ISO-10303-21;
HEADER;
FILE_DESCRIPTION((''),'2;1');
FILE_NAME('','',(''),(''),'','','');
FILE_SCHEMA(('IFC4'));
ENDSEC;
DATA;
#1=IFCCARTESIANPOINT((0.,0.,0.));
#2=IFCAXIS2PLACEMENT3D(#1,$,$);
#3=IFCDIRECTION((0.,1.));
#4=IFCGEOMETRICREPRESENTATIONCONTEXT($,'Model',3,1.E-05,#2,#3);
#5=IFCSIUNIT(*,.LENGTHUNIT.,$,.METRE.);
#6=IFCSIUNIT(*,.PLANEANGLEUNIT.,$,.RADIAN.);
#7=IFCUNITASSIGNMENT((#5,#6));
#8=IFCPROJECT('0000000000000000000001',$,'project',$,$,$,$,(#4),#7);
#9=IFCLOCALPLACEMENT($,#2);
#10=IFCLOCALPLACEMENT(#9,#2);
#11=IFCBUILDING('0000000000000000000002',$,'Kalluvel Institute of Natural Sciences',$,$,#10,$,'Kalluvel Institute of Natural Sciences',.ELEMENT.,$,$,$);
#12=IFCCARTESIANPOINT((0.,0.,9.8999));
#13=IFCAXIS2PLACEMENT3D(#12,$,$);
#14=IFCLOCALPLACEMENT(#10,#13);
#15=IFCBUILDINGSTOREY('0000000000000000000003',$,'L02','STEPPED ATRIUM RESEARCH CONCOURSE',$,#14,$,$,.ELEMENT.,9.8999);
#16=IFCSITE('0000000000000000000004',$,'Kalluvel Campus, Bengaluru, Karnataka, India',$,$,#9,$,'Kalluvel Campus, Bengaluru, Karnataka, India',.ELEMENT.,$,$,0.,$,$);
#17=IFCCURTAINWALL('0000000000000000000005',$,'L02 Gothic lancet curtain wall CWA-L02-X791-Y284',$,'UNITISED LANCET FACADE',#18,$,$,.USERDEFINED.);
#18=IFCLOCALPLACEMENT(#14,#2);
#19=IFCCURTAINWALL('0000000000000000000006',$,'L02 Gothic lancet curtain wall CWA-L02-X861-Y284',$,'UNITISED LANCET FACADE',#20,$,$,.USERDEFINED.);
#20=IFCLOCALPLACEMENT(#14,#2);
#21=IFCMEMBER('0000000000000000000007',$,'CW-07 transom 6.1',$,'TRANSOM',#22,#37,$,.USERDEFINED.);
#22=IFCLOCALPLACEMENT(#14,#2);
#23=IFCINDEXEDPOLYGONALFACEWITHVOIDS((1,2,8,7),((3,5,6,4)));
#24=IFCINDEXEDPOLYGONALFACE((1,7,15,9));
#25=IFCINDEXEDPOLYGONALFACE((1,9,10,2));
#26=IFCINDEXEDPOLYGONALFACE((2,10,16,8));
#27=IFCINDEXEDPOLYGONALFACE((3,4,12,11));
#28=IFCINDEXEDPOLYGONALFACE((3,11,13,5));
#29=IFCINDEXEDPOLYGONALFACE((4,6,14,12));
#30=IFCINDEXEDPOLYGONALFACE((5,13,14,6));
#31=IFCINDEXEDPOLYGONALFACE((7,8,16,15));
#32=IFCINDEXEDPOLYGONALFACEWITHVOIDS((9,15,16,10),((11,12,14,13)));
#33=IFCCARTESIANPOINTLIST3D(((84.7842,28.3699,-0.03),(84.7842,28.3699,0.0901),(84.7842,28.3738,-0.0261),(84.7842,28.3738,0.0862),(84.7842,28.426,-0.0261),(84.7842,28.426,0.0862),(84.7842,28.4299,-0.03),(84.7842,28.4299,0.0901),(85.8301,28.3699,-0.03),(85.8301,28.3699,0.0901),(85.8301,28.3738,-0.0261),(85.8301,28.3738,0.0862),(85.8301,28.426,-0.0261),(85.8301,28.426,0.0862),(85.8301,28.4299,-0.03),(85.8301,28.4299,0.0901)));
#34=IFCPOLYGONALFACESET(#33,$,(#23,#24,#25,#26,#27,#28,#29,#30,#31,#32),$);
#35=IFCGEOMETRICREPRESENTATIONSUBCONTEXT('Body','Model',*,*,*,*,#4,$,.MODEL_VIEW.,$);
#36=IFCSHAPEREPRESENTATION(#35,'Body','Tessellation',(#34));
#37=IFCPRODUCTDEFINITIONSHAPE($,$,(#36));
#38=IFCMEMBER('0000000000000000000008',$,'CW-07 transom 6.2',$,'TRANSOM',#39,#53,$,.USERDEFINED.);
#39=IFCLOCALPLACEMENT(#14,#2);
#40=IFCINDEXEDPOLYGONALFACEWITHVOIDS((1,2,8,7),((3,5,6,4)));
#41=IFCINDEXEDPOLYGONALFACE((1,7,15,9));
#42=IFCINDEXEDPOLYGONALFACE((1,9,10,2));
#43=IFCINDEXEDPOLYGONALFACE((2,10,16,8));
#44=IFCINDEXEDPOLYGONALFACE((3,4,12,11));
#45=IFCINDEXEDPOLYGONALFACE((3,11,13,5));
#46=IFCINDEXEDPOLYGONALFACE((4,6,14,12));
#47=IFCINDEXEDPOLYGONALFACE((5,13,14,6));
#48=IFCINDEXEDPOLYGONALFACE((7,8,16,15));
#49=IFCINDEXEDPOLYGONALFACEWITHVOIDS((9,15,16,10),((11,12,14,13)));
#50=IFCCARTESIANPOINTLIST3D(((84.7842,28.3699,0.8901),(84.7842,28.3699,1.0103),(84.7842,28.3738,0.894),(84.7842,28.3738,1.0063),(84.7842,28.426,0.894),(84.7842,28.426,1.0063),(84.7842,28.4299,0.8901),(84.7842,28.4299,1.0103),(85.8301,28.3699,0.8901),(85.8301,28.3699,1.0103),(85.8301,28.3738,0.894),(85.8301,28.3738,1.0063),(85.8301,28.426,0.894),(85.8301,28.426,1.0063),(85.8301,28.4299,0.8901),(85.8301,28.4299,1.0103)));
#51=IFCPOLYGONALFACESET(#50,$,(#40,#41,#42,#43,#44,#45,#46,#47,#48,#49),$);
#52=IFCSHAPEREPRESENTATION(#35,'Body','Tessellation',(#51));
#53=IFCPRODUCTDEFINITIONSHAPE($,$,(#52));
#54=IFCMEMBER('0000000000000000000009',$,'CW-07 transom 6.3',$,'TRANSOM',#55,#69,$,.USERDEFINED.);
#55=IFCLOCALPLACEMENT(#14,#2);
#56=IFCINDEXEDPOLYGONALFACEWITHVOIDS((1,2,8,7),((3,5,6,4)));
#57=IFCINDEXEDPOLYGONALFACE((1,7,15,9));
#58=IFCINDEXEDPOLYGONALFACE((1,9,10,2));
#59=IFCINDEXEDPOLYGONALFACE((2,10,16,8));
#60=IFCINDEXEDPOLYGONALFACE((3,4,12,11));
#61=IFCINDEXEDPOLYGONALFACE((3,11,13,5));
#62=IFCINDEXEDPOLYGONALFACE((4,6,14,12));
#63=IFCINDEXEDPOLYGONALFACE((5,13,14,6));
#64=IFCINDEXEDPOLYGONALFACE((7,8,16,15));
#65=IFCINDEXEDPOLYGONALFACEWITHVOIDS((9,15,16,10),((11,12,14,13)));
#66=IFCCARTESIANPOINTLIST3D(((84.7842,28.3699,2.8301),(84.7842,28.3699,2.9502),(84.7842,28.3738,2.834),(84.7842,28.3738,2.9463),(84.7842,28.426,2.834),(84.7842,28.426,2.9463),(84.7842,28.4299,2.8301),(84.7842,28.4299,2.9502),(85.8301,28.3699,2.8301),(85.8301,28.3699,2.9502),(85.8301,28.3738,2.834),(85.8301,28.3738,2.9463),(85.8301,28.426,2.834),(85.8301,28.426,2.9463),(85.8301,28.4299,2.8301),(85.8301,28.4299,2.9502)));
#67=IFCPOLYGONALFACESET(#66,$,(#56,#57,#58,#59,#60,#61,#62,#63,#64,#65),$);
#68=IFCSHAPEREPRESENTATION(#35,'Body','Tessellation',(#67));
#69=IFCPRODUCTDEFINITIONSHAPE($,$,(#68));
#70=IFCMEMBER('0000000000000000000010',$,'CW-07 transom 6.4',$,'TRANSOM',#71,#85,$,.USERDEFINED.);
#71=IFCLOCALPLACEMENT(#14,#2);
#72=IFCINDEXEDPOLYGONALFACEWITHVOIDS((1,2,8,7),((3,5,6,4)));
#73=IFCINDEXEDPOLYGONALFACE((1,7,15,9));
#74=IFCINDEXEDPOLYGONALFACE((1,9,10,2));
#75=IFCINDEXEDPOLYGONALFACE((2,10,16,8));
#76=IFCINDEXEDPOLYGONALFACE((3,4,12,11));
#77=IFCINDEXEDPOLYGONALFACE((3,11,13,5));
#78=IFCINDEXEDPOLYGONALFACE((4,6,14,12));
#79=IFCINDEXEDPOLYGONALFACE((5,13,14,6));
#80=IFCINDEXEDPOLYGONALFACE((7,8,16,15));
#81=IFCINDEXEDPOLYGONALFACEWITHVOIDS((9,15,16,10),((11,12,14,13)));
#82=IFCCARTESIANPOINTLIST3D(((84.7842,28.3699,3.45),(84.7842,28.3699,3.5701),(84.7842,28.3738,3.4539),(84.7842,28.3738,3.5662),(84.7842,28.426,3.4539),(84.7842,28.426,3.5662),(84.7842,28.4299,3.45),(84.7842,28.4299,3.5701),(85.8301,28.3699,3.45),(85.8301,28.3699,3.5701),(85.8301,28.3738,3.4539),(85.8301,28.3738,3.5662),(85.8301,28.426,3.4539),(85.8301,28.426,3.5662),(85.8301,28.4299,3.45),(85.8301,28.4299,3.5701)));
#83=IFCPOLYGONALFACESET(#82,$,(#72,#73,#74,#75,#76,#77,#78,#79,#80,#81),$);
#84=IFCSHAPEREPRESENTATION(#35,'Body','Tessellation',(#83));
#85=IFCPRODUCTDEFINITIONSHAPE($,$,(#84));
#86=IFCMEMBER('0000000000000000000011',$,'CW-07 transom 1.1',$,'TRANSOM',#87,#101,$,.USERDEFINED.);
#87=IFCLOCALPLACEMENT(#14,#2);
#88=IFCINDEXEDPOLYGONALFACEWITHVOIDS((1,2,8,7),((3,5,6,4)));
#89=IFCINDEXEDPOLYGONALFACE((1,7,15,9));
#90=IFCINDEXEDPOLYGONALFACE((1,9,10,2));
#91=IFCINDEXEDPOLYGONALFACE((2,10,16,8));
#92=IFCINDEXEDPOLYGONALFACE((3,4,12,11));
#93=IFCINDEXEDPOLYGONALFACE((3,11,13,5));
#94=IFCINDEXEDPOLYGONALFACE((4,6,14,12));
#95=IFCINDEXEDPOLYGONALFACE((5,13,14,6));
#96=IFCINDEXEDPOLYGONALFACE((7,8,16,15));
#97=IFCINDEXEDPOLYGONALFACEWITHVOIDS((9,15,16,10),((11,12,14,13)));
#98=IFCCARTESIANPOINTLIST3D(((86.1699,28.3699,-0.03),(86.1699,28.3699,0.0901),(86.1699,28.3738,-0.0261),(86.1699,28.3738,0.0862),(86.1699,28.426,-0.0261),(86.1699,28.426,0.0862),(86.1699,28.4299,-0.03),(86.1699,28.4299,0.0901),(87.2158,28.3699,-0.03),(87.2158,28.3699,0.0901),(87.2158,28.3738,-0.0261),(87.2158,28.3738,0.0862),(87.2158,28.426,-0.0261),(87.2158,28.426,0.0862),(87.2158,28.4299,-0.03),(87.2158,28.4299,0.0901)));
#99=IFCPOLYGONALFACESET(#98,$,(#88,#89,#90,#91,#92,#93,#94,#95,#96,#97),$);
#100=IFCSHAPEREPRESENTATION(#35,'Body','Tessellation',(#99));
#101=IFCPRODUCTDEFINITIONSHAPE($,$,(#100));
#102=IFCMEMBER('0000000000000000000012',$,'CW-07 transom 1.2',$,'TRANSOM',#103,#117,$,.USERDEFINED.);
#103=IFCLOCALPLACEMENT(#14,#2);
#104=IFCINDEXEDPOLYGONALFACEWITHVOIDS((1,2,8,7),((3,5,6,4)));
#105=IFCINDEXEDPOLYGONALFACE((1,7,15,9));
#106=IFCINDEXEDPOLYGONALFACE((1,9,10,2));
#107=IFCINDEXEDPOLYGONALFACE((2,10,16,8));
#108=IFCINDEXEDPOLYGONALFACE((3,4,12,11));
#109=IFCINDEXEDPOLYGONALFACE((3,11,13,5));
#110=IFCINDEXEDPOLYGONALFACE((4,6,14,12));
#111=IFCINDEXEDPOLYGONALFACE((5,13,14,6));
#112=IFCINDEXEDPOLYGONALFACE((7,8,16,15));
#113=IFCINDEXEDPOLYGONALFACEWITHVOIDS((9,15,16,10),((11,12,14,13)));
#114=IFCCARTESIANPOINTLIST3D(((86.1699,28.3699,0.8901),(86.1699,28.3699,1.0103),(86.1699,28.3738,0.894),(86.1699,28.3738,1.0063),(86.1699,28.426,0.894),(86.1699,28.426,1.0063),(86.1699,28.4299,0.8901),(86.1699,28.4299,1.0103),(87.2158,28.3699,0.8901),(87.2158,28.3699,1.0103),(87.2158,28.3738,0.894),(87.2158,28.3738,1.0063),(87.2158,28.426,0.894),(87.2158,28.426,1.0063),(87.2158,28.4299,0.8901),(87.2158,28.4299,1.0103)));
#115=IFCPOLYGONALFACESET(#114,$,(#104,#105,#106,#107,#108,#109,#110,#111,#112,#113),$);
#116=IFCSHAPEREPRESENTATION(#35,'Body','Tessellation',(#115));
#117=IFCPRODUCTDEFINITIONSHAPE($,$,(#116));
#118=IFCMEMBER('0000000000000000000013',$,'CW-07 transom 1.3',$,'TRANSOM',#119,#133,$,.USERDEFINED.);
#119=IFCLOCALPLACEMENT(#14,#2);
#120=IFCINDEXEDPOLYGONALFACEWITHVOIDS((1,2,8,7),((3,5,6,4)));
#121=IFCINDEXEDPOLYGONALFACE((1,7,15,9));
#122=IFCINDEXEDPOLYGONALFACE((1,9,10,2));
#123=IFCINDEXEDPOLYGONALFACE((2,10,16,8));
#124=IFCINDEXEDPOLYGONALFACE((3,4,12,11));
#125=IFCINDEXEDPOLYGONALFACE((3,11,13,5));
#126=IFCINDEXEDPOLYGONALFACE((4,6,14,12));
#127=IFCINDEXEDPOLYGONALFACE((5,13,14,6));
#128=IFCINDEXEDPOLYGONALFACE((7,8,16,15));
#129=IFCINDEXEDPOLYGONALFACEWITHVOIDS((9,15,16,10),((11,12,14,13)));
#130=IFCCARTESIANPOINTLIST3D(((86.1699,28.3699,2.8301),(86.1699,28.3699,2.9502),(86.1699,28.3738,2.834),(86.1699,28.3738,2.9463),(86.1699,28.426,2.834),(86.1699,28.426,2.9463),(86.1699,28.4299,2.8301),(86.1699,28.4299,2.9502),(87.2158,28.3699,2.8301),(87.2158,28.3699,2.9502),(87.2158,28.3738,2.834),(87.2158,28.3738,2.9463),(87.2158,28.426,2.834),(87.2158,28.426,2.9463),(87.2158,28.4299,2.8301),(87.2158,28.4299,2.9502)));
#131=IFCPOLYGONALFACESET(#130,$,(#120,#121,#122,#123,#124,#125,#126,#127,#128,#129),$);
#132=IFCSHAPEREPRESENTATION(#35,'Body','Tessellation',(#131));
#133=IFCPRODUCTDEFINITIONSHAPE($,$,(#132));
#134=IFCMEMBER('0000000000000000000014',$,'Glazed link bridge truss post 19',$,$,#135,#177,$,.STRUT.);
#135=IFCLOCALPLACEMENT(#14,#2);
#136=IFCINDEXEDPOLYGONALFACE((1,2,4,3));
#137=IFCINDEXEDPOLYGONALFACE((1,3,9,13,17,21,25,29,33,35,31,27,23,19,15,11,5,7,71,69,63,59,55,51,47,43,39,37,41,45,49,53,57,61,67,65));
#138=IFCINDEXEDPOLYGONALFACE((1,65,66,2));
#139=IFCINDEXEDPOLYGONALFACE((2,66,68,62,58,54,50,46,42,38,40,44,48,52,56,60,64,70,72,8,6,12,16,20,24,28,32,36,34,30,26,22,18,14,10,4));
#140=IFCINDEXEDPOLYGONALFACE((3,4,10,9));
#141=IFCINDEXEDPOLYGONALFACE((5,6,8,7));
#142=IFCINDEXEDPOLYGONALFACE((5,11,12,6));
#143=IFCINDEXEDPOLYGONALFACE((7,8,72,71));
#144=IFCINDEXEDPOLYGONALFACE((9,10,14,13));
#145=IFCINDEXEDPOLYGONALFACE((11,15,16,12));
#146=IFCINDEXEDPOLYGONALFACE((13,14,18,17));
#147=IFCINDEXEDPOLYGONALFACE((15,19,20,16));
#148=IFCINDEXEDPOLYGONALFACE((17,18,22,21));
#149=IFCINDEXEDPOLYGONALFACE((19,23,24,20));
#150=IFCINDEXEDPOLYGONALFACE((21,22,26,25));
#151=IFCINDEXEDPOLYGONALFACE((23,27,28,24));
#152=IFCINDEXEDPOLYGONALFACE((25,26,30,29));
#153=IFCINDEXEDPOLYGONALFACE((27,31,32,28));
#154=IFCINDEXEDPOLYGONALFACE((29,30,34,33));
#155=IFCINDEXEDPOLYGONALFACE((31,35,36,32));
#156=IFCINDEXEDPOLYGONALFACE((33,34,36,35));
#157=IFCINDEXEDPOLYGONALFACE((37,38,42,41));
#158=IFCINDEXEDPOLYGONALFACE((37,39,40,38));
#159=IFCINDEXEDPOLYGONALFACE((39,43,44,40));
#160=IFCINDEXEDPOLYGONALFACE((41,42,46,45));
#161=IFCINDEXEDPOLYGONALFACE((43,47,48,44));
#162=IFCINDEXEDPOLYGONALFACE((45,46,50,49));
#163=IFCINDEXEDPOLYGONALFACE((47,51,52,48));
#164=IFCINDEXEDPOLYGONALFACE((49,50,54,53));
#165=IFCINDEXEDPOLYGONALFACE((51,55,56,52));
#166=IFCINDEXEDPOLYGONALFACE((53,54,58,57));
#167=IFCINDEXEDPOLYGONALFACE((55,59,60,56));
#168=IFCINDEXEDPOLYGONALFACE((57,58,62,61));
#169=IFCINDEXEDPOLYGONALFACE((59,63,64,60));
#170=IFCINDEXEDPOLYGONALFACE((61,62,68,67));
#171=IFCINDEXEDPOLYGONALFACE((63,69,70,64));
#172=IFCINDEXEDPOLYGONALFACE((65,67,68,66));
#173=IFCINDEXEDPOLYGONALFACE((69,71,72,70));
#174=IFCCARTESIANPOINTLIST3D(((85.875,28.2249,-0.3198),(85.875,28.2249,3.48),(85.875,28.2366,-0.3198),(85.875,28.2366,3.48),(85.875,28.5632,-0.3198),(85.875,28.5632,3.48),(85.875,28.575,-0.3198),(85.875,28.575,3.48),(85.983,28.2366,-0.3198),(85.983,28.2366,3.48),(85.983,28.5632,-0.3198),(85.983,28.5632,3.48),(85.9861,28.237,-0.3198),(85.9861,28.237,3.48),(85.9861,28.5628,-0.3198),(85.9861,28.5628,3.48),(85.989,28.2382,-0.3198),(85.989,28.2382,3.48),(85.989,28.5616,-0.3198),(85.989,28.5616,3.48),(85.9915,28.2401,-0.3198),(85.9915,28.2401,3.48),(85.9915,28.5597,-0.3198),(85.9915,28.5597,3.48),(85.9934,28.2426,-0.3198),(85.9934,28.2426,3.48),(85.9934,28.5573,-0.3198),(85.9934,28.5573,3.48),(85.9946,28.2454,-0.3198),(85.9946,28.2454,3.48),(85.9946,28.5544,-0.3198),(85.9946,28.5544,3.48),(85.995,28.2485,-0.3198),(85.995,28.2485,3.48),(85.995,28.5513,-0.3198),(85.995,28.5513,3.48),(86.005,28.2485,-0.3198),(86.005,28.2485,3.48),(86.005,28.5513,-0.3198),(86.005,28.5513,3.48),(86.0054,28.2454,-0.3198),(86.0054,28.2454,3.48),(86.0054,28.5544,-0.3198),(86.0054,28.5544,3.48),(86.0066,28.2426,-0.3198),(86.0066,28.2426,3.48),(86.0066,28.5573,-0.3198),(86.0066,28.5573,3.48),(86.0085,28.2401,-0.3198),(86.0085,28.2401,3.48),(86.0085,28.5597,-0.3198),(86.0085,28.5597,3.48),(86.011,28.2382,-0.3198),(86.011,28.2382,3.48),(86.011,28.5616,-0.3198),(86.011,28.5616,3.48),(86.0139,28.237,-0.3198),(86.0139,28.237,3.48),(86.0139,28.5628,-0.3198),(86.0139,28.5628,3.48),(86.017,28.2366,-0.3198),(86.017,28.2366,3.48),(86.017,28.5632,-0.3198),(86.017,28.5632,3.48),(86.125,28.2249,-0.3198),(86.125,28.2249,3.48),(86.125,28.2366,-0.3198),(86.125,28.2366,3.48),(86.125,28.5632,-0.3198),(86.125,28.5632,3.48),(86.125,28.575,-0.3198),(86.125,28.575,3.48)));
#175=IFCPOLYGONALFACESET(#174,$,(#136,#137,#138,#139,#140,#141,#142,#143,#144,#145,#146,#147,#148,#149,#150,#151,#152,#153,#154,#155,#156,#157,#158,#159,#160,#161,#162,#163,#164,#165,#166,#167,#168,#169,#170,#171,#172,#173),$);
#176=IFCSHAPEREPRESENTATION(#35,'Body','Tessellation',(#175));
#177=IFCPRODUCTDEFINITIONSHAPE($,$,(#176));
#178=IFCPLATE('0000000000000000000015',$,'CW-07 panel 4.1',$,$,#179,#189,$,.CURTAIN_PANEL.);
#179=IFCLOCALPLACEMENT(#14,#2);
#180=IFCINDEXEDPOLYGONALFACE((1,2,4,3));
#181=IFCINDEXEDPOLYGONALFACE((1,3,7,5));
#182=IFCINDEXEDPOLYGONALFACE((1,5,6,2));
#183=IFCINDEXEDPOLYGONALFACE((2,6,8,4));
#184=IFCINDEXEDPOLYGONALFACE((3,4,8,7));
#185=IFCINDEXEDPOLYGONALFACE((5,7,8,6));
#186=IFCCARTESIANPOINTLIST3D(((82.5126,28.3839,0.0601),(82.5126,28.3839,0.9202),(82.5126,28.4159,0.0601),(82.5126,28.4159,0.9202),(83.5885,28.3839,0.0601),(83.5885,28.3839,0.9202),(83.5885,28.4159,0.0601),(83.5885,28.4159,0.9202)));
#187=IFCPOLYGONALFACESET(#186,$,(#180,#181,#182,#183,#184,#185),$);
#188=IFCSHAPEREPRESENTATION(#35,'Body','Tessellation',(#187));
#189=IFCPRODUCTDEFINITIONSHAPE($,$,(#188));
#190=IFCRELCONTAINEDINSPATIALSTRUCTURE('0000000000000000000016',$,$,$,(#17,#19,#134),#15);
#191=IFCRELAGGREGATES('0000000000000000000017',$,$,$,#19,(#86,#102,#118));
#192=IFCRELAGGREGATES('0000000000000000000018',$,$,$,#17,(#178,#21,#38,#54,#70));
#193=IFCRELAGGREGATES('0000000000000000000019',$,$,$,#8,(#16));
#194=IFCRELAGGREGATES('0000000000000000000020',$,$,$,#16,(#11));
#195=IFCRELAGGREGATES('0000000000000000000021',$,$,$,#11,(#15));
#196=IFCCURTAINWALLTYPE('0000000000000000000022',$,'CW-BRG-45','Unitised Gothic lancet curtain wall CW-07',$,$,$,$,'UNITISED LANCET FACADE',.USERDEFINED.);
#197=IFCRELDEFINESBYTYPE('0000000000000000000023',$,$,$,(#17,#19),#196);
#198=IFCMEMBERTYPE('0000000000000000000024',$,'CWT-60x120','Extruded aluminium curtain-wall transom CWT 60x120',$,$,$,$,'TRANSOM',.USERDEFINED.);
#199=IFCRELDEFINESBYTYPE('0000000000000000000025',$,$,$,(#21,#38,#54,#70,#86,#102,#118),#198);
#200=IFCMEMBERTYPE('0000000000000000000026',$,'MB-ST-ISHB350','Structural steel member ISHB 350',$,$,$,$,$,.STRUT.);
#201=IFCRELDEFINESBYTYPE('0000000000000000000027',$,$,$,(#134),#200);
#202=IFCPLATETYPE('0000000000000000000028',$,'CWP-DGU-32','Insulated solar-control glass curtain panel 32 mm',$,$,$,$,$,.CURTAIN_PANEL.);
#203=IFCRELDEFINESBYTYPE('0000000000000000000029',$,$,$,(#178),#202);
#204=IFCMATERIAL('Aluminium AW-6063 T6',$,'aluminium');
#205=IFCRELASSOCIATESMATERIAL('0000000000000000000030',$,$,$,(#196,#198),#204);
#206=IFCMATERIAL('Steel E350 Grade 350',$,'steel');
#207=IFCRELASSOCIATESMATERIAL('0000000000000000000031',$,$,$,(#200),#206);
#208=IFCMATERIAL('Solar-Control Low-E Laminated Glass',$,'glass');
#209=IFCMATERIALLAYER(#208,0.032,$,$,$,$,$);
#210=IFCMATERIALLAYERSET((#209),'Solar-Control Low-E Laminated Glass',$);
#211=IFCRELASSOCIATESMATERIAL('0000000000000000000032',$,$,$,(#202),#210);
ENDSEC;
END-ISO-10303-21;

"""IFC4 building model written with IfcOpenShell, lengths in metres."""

from ifc_helpers import new_model, si_unit, direction, frame, origin, origin_2d, place, context, subcontext, project, spatial, rectangle, hollow_rectangle, i_section, extrude, material, layer, layer_set, material_profile, profile_set, type_object, element, aggregate, save


model = new_model("IFC4")

# Units and contexts
model_context = context("Model", 3, precision=1e-05, world=origin(), true_north=direction((0.0, 1.0)))
body_context = subcontext(model_context, "Body", "Model", "MODEL_VIEW")
ifc_project = project(units=[si_unit("LENGTHUNIT", "METRE"), si_unit("PLANEANGLEUNIT", "RADIAN")], contexts=[model_context])

# Site, building, storey
site_placement = place(None, origin())
site = spatial("IfcSite", under=ifc_project, at=site_placement, Name="Kalluvel Campus, Bengaluru, Karnataka, India", LongName="Kalluvel Campus, Bengaluru, Karnataka, India", CompositionType="ELEMENT", RefElevation=0.0)
building_placement = place(site_placement, origin())
building = spatial("IfcBuilding", under=site, at=building_placement, Name="Kalluvel Institute of Natural Sciences", LongName="Kalluvel Institute of Natural Sciences", CompositionType="ELEMENT")
storey_placement = place(building_placement, frame((0.0, 0.0, 9.8999)))
storey = spatial("IfcBuildingStorey", under=building, at=storey_placement, Name="L02", Description="STEPPED ATRIUM RESEARCH CONCOURSE", CompositionType="ELEMENT", Elevation=9.8999)

# Curtain wall
ifc_material_1 = material(Name="Aluminium AW-6063 T6", Category="aluminium")
curtain_wall_type = type_object("IfcCurtainWallType", Name="CW-BRG-45", Description="Unitised Gothic lancet curtain wall CW-07", ElementType="UNITISED LANCET FACADE", PredefinedType="USERDEFINED", material=ifc_material_1)
curtain_wall_1_placement = place(storey_placement, origin())
curtain_wall_1 = element("IfcCurtainWall", 1, at=curtain_wall_1_placement, inside=storey, type_object=curtain_wall_type, Name="L02 Gothic lancet curtain wall CWA-L02-X791-Y284", ObjectType="UNITISED LANCET FACADE", PredefinedType="USERDEFINED")

# Curtain wall
curtain_wall_2_placement = place(storey_placement, origin())
curtain_wall_2 = element("IfcCurtainWall", 2, at=curtain_wall_2_placement, inside=storey, type_object=curtain_wall_type, Name="L02 Gothic lancet curtain wall CWA-L02-X861-Y284", ObjectType="UNITISED LANCET FACADE", PredefinedType="USERDEFINED")

# Members
ifc_material_profile_1 = material_profile(ifc_material_1, hollow_rectangle(XDim=0.0601, YDim=0.1201, WallThickness=0.0039, at=origin_2d()), Name="CWT 60x120")
ifc_profile_set_1 = profile_set([ifc_material_profile_1], Name="Aluminium AW-6063 T6")
member_type_1 = type_object("IfcMemberType", Name="CWT-60x120", Description="Extruded aluminium curtain-wall transom CWT 60x120", ElementType="TRANSOM", PredefinedType="USERDEFINED", material=ifc_profile_set_1)
member_1_placement = place(storey_placement, frame((84.7842, 28.3999, 0.03), z_axis=(1.0, 0.0, 0.0), x_axis=(0.0, 1.0, 0.0)))
member_1 = element("IfcMember", 3, at=member_1_placement, type_object=member_type_1, Name="CW-07 transom 6.1", ObjectType="TRANSOM", PredefinedType="USERDEFINED", context=body_context, shape_type="SweptSolid", body=[
    extrude(hollow_rectangle(XDim=0.0601, YDim=0.1201, WallThickness=0.0039, at=origin_2d()), origin(), (0.0, 0.0, 1.0), 1.0459),
])
member_2_placement = place(storey_placement, frame((84.7842, 28.3999, 0.9502), z_axis=(1.0, 0.0, 0.0), x_axis=(0.0, 1.0, 0.0)))
member_2 = element("IfcMember", 4, at=member_2_placement, type_object=member_type_1, Name="CW-07 transom 6.2", ObjectType="TRANSOM", PredefinedType="USERDEFINED", context=body_context, shape_type="SweptSolid", body=[
    extrude(hollow_rectangle(XDim=0.0601, YDim=0.1201, WallThickness=0.0039, at=origin_2d()), origin(), (0.0, 0.0, 1.0), 1.0459),
])
member_3_placement = place(storey_placement, frame((84.7842, 28.3999, 2.8901), z_axis=(1.0, 0.0, 0.0), x_axis=(0.0, 1.0, 0.0)))
member_3 = element("IfcMember", 5, at=member_3_placement, type_object=member_type_1, Name="CW-07 transom 6.3", ObjectType="TRANSOM", PredefinedType="USERDEFINED", context=body_context, shape_type="SweptSolid", body=[
    extrude(hollow_rectangle(XDim=0.0601, YDim=0.1201, WallThickness=0.0039, at=origin_2d()), origin(), (0.0, 0.0, 1.0), 1.0459),
])
member_4_placement = place(storey_placement, frame((84.7842, 28.3999, 3.51), z_axis=(1.0, 0.0, 0.0), x_axis=(0.0, 1.0, 0.0)))
member_4 = element("IfcMember", 6, at=member_4_placement, type_object=member_type_1, Name="CW-07 transom 6.4", ObjectType="TRANSOM", PredefinedType="USERDEFINED", context=body_context, shape_type="SweptSolid", body=[
    extrude(hollow_rectangle(XDim=0.0601, YDim=0.1201, WallThickness=0.0039, at=origin_2d()), origin(), (0.0, 0.0, 1.0), 1.0459),
])
member_5_placement = place(storey_placement, frame((86.1699, 28.3999, 0.03), z_axis=(1.0, 0.0, 0.0), x_axis=(0.0, 1.0, 0.0)))
member_5 = element("IfcMember", 7, at=member_5_placement, type_object=member_type_1, Name="CW-07 transom 1.1", ObjectType="TRANSOM", PredefinedType="USERDEFINED", context=body_context, shape_type="SweptSolid", body=[
    extrude(hollow_rectangle(XDim=0.0601, YDim=0.1201, WallThickness=0.0039, at=origin_2d()), origin(), (0.0, 0.0, 1.0), 1.0459),
])
member_6_placement = place(storey_placement, frame((86.1699, 28.3999, 0.9502), z_axis=(1.0, 0.0, 0.0), x_axis=(0.0, 1.0, 0.0)))
member_6 = element("IfcMember", 8, at=member_6_placement, type_object=member_type_1, Name="CW-07 transom 1.2", ObjectType="TRANSOM", PredefinedType="USERDEFINED", context=body_context, shape_type="SweptSolid", body=[
    extrude(hollow_rectangle(XDim=0.0601, YDim=0.1201, WallThickness=0.0039, at=origin_2d()), origin(), (0.0, 0.0, 1.0), 1.0459),
])
member_7_placement = place(storey_placement, frame((86.1699, 28.3999, 2.8901), z_axis=(1.0, 0.0, 0.0), x_axis=(0.0, 1.0, 0.0)))
member_7 = element("IfcMember", 9, at=member_7_placement, type_object=member_type_1, Name="CW-07 transom 1.3", ObjectType="TRANSOM", PredefinedType="USERDEFINED", context=body_context, shape_type="SweptSolid", body=[
    extrude(hollow_rectangle(XDim=0.0601, YDim=0.1201, WallThickness=0.0039, at=origin_2d()), origin(), (0.0, 0.0, 1.0), 1.0459),
])
aggregate(curtain_wall_2, [member_5, member_6, member_7])
ifc_material_2 = material(Name="Steel E350 Grade 350", Category="steel")
ifc_material_profile_2 = material_profile(ifc_material_2, i_section(OverallWidth=0.25, OverallDepth=0.3501, WebThickness=0.01, FlangeThickness=0.0117, FilletRadius=0.012, at=origin_2d()), Name="ISHB 350")
ifc_profile_set_2 = profile_set([ifc_material_profile_2], Name="Steel E350 Grade 350")
member_type_2 = type_object("IfcMemberType", Name="MB-ST-ISHB350", Description="Structural steel member ISHB 350", PredefinedType="STRUT", material=ifc_profile_set_2)
member_8_placement = place(storey_placement, frame((86.0, 28.3999, -0.3198), z_axis=(0.0, 0.0, 1.0), x_axis=(1.0, 0.0, 0.0)))
element("IfcMember", 10, at=member_8_placement, inside=storey, type_object=member_type_2, Name="Glazed link bridge truss post 19", PredefinedType="STRUT", context=body_context, shape_type="SweptSolid", body=[
    extrude(i_section(OverallWidth=0.25, OverallDepth=0.3501, WebThickness=0.01, FlangeThickness=0.0117, FilletRadius=0.012, at=origin_2d()), origin(), (0.0, 0.0, 1.0), 3.7998),
])

# Plate
ifc_material_3 = material(Name="Solar-Control Low-E Laminated Glass", Category="glass")
ifc_layer = layer(ifc_material_3, 0.032)
ifc_layer_set = layer_set([ifc_layer], Name="Solar-Control Low-E Laminated Glass")
plate_type = type_object("IfcPlateType", Name="CWP-DGU-32", Description="Insulated solar-control glass curtain panel 32 mm", PredefinedType="CURTAIN_PANEL", material=ifc_layer_set)
plate_1_placement = place(storey_placement, frame((83.0505, 28.3999, 0.0601), z_axis=(0.0, 0.0, 1.0), x_axis=(1.0, 0.0, 0.0)))
plate_1 = element("IfcPlate", 11, at=plate_1_placement, type_object=plate_type, Name="CW-07 panel 4.1", PredefinedType="CURTAIN_PANEL", context=body_context, shape_type="SweptSolid", body=[
    extrude(rectangle(XDim=1.0759, YDim=0.032, at=origin_2d()), origin(), (0.0, 0.0, 1.0), 0.8601),
])
aggregate(curtain_wall_1, [plate_1, member_1, member_2, member_3, member_4])

save(model, "model.ifc")
